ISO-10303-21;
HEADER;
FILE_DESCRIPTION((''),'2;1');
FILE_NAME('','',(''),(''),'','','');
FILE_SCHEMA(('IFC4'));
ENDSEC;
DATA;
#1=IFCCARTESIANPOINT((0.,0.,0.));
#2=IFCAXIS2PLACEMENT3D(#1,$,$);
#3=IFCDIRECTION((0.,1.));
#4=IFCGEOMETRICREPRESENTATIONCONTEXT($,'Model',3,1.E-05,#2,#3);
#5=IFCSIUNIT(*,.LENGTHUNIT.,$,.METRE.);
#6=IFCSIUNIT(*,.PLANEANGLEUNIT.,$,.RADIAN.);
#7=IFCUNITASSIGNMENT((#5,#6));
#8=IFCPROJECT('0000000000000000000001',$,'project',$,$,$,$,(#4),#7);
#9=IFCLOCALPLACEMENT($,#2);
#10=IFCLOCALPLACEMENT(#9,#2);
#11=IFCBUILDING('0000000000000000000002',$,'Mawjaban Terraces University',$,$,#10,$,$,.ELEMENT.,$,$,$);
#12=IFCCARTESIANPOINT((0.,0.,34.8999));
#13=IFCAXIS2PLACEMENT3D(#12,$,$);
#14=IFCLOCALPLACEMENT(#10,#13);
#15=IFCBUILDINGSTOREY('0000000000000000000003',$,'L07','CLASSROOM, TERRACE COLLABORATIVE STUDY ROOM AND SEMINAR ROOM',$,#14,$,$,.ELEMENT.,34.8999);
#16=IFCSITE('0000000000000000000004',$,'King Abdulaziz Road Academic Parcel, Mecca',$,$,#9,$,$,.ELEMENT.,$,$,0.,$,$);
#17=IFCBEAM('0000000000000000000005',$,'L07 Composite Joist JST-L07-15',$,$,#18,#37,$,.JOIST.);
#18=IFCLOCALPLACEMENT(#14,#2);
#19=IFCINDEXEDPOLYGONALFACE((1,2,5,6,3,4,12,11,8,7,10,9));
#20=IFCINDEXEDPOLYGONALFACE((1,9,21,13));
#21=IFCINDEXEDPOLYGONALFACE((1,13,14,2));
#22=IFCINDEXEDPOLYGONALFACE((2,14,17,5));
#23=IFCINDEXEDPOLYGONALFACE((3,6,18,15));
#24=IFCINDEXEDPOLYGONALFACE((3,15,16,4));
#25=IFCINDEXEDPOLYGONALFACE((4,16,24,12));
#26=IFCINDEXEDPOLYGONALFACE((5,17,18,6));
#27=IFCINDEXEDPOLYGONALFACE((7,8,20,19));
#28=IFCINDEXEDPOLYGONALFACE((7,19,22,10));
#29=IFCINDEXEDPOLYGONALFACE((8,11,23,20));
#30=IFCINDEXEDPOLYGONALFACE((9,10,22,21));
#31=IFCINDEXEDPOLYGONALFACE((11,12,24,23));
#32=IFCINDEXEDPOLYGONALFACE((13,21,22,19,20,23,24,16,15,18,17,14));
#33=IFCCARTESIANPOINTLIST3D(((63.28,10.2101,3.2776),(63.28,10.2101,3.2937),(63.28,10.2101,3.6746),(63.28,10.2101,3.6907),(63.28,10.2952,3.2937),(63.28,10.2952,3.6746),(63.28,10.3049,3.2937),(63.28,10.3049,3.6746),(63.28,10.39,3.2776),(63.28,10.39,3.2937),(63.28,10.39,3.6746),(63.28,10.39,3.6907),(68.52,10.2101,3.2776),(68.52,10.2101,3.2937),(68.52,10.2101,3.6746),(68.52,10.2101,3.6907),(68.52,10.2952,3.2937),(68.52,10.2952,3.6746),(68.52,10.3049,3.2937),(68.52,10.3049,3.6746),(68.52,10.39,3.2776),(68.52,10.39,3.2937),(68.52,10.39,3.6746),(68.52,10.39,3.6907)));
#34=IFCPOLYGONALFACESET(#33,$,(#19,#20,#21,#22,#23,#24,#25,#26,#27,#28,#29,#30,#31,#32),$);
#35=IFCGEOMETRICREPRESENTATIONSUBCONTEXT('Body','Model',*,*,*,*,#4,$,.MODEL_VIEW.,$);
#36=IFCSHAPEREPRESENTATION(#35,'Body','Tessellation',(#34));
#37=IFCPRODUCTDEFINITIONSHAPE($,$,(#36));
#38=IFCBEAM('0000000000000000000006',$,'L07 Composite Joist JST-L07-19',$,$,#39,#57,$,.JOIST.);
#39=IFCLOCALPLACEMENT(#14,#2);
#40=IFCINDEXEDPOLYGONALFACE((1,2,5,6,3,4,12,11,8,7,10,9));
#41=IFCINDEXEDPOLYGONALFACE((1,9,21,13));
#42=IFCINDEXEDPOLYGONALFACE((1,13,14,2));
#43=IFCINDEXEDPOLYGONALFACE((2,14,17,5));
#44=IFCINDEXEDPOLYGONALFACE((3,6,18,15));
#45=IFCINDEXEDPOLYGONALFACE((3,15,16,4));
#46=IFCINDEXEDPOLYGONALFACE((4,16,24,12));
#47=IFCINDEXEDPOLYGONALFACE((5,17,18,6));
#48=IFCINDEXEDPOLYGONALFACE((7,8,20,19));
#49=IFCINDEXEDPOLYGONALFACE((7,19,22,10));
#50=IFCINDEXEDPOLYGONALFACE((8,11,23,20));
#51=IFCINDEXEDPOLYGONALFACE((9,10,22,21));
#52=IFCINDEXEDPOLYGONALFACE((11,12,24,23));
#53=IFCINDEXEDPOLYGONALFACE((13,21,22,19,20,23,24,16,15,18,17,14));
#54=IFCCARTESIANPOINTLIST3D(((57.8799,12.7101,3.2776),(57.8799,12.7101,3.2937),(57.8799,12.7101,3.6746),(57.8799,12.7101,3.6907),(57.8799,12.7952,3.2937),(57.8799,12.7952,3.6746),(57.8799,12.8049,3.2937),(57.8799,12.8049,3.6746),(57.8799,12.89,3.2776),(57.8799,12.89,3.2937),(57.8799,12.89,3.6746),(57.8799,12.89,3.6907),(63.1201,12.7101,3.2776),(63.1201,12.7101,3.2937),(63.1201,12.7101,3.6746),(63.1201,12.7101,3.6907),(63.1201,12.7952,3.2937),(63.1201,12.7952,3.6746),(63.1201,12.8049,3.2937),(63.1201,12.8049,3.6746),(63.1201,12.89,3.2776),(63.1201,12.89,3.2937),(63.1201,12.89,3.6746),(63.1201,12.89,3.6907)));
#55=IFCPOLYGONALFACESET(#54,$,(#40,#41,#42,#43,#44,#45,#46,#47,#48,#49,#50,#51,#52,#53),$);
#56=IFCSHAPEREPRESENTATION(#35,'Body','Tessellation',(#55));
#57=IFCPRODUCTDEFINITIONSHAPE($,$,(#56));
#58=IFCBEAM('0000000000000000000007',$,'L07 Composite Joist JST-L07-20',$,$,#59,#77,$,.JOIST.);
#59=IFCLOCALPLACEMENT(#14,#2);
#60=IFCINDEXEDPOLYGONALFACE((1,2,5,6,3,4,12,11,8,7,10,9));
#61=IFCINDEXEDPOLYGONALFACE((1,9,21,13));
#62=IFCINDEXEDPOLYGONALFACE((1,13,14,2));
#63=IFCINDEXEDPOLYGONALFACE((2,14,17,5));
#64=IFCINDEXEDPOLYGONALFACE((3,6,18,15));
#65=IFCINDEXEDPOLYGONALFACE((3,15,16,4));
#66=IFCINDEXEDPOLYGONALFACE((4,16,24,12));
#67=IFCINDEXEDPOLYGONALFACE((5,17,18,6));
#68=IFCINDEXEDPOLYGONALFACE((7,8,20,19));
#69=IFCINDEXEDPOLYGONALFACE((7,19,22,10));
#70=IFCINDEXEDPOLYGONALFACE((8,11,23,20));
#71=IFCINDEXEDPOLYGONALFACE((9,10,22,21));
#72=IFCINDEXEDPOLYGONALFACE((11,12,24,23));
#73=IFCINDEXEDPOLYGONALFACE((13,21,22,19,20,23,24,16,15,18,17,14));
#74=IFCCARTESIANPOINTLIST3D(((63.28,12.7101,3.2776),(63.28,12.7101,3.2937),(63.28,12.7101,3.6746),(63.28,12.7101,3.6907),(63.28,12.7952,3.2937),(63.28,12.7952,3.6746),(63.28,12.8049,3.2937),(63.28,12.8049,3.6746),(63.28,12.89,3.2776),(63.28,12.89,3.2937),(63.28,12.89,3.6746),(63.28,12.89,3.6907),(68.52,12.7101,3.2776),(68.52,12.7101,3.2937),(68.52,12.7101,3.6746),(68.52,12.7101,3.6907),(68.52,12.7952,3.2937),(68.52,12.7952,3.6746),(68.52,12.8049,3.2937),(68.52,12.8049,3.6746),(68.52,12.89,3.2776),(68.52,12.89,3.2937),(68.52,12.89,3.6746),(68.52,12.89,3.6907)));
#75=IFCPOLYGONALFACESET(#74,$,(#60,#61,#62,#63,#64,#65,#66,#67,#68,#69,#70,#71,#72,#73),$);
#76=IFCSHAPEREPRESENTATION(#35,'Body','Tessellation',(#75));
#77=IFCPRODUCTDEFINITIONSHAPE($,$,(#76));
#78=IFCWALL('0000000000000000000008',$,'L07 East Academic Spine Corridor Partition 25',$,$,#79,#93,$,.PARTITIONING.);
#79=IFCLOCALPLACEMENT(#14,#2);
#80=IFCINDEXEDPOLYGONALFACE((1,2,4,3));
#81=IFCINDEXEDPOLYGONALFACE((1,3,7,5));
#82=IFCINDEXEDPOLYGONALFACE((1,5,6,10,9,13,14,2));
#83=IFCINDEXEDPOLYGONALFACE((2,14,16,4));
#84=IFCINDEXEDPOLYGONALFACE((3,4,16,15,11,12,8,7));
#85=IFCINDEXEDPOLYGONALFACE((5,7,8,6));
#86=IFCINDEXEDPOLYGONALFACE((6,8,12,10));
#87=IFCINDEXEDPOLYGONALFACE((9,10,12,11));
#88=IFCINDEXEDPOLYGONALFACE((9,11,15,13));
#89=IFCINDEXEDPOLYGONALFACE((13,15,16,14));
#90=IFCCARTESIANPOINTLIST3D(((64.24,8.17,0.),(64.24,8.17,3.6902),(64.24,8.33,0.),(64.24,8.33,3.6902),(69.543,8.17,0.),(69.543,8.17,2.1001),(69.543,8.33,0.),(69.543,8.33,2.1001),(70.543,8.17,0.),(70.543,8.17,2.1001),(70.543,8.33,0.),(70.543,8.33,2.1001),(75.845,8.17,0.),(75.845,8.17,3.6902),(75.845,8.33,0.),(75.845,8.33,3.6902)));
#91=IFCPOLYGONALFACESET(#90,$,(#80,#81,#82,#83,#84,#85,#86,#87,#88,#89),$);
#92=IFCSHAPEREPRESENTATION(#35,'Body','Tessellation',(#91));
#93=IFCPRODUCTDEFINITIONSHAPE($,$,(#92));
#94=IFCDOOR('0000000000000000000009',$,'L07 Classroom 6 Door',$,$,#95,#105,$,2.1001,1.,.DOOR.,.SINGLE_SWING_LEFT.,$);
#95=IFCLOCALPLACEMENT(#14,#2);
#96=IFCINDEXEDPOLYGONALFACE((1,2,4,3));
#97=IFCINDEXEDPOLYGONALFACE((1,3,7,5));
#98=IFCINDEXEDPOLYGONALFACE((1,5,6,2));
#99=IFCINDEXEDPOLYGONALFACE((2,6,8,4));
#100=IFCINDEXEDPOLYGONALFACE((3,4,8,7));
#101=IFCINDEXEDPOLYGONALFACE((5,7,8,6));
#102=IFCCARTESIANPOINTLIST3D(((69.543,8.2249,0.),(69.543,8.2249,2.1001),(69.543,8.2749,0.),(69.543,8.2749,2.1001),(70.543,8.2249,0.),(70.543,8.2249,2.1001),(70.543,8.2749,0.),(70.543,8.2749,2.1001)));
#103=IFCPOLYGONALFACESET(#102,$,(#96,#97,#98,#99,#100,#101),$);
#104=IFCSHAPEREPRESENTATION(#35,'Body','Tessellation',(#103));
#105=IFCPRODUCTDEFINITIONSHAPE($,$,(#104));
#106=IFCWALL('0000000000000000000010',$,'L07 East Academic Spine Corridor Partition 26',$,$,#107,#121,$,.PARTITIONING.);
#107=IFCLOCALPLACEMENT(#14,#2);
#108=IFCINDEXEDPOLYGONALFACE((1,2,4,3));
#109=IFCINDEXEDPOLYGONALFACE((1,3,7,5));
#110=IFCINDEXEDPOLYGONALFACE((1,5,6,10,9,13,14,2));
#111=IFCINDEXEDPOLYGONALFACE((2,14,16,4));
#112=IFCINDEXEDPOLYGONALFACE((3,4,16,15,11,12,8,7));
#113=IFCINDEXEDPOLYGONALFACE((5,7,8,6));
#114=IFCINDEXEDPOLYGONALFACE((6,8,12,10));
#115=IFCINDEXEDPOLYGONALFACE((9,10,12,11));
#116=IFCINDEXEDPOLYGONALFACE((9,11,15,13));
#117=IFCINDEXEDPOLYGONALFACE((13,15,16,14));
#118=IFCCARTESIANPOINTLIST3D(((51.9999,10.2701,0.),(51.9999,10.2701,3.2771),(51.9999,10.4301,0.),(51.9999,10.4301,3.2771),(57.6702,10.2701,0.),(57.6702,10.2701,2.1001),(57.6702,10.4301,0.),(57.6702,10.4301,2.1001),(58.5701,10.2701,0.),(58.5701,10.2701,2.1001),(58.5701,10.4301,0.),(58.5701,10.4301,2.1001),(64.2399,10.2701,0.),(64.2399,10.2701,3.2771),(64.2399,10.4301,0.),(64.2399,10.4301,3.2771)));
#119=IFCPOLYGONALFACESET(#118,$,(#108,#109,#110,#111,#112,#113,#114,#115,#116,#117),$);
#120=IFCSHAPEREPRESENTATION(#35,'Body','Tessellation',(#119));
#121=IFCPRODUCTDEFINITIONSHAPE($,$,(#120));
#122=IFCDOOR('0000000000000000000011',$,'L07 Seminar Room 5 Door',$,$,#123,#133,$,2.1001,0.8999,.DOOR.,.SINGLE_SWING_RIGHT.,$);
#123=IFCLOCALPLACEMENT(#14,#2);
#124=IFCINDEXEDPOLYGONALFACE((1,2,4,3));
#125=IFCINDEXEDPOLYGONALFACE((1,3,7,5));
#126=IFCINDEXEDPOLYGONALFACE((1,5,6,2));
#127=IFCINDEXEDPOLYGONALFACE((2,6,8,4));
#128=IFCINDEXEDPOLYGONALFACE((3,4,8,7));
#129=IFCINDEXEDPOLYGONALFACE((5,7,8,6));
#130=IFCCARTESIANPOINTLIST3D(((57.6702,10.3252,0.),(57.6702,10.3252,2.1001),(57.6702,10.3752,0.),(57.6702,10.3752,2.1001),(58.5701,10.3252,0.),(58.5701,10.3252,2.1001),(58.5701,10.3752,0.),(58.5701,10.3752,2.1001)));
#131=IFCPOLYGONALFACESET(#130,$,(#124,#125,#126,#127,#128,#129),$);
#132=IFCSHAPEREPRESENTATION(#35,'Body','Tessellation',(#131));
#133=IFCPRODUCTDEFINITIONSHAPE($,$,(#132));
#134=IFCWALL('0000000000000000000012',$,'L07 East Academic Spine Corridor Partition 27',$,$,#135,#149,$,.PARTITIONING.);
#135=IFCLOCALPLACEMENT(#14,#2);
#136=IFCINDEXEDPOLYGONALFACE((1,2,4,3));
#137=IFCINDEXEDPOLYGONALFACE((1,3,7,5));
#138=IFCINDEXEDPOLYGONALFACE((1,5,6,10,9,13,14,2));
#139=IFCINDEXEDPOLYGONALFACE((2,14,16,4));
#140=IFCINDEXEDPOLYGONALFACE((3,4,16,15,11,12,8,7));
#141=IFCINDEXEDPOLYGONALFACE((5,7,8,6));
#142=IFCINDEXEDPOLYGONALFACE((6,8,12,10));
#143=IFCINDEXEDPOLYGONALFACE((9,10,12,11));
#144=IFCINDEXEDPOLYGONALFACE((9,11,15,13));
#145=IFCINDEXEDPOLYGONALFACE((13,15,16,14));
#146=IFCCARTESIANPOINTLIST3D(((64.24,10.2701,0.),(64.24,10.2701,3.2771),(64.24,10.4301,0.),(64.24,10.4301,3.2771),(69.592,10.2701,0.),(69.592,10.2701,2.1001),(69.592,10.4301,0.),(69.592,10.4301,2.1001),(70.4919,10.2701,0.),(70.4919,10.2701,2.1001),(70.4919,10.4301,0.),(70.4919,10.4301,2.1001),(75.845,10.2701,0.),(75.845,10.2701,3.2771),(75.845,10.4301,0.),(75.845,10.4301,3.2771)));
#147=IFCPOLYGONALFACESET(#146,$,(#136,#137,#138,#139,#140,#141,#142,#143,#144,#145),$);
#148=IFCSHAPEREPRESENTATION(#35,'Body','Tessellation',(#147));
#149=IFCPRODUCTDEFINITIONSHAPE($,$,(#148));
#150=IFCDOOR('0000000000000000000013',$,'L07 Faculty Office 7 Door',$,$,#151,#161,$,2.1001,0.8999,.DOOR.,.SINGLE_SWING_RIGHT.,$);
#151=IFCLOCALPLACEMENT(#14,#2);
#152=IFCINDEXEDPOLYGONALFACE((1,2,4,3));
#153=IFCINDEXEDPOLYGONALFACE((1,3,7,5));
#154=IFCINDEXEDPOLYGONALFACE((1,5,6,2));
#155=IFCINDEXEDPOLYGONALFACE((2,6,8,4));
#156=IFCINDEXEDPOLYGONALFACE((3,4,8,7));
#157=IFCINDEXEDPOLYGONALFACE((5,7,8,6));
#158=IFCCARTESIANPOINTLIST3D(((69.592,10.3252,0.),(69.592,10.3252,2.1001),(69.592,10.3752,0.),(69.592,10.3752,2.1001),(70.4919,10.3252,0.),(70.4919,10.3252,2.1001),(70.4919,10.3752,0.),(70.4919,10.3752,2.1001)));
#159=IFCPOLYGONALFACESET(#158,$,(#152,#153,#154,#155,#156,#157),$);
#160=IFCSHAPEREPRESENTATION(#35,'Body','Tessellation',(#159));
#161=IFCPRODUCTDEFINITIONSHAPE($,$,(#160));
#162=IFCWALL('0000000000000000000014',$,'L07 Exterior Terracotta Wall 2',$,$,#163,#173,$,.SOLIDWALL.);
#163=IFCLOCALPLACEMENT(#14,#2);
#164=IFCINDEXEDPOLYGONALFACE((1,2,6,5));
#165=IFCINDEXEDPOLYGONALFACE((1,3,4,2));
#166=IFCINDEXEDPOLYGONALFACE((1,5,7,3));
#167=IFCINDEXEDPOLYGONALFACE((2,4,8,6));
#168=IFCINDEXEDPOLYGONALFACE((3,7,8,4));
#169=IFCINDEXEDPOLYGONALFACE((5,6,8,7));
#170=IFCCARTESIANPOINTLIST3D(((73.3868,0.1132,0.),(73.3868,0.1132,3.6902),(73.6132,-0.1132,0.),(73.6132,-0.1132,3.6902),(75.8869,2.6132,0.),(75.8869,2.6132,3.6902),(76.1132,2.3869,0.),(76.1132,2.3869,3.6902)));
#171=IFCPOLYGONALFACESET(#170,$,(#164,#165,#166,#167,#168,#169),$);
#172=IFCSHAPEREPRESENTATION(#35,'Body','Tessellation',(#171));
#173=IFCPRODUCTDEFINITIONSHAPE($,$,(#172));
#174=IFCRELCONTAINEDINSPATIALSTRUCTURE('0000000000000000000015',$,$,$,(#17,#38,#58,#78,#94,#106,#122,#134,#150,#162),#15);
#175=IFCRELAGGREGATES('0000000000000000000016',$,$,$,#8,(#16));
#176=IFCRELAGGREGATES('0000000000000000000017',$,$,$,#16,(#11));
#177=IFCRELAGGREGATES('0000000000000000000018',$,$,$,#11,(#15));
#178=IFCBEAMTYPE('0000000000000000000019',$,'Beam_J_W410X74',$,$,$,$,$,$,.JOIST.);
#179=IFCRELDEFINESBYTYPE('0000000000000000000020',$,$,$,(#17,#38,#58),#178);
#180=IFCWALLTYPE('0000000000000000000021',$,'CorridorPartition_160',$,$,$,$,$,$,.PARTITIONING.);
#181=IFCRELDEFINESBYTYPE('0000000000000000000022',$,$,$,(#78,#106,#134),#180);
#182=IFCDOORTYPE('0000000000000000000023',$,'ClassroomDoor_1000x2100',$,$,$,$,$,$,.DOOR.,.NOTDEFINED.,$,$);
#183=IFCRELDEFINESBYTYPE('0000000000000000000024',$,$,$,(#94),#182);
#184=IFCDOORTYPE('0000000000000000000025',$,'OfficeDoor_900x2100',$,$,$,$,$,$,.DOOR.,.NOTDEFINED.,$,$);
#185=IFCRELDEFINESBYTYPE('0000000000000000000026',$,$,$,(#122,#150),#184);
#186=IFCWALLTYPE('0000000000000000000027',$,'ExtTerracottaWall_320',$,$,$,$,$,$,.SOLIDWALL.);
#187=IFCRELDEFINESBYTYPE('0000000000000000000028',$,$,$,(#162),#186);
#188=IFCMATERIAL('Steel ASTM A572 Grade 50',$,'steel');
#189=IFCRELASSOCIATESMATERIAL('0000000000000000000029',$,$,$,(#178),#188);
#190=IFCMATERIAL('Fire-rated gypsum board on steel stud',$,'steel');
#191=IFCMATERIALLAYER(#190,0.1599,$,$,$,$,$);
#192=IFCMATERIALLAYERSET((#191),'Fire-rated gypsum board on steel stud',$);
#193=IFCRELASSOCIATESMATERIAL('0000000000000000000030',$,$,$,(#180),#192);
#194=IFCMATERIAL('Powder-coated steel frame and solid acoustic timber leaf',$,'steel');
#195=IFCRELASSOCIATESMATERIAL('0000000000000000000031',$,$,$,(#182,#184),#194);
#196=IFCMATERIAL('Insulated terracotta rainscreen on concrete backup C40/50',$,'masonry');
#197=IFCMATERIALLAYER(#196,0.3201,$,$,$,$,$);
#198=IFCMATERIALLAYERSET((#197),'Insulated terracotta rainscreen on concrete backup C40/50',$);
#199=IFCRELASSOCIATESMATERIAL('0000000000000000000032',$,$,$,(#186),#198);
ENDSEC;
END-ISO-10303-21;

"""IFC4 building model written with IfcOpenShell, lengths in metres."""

from ifc_helpers import new_model, si_unit, direction, frame, frame_2d, origin, origin_2d, place, context, subcontext, project, spatial, rectangle, i_section, extrude, material, layer, layer_set, material_profile, profile_set, type_object, element, fill, save


model = new_model("IFC4")

# Units and contexts
model_context = context("Model", 3, precision=1e-05, world=origin(), true_north=direction((0.0, 1.0)))
body_context = subcontext(model_context, "Body", "Model", "MODEL_VIEW")
ifc_project = project(units=[si_unit("LENGTHUNIT", "METRE"), si_unit("PLANEANGLEUNIT", "RADIAN")], contexts=[model_context])

# Site, building, storey
site_placement = place(None, origin())
site = spatial("IfcSite", under=ifc_project, at=site_placement, Name="King Abdulaziz Road Academic Parcel, Mecca", CompositionType="ELEMENT", RefElevation=0.0)
building_placement = place(site_placement, origin())
building = spatial("IfcBuilding", under=site, at=building_placement, Name="Mawjaban Terraces University", CompositionType="ELEMENT")
storey_placement = place(building_placement, frame((0.0, 0.0, 34.8999)))
storey = spatial("IfcBuildingStorey", under=building, at=storey_placement, Name="L07", Description="CLASSROOM, TERRACE COLLABORATIVE STUDY ROOM AND SEMINAR ROOM", CompositionType="ELEMENT", Elevation=34.8999)

# Beams
ifc_material_1 = material(Name="Steel ASTM A572 Grade 50", Category="steel")
ifc_material_profile_1 = material_profile(ifc_material_1, i_section(OverallWidth=0.1799, OverallDepth=0.4131, WebThickness=0.0098, FlangeThickness=0.0161, at=origin_2d()), Name="W410X74")
ifc_profile_set_1 = profile_set([ifc_material_profile_1], Name="Steel ASTM A572 Grade 50")
beam_type_1 = type_object("IfcBeamType", Name="Beam_J_W410X74", PredefinedType="JOIST", material=ifc_profile_set_1)
beam_1_placement = place(storey_placement, frame((63.28, 10.3, 3.4841), z_axis=(1.0, 0.0, 0.0), x_axis=(0.0, 1.0, 0.0)))
element("IfcBeam", 1, at=beam_1_placement, inside=storey, type_object=beam_type_1, Name="L07 Composite Joist JST-L07-15", PredefinedType="JOIST", context=body_context, shape_type="SweptSolid", body=[
    extrude(i_section(OverallWidth=0.1799, OverallDepth=0.4131, WebThickness=0.0098, FlangeThickness=0.0161, at=origin_2d()), origin(), (0.0, 0.0, 1.0), 5.24),
])
beam_2_placement = place(storey_placement, frame((57.8799, 12.8, 3.4841), z_axis=(1.0, 0.0, 0.0), x_axis=(0.0, 1.0, 0.0)))
element("IfcBeam", 2, at=beam_2_placement, inside=storey, type_object=beam_type_1, Name="L07 Composite Joist JST-L07-19", PredefinedType="JOIST", context=body_context, shape_type="SweptSolid", body=[
    extrude(i_section(OverallWidth=0.1799, OverallDepth=0.4131, WebThickness=0.0098, FlangeThickness=0.0161, at=origin_2d()), origin(), (0.0, 0.0, 1.0), 5.2402),
])
beam_3_placement = place(storey_placement, frame((63.28, 12.8, 3.4841), z_axis=(1.0, 0.0, 0.0), x_axis=(0.0, 1.0, 0.0)))
element("IfcBeam", 3, at=beam_3_placement, inside=storey, type_object=beam_type_1, Name="L07 Composite Joist JST-L07-20", PredefinedType="JOIST", context=body_context, shape_type="SweptSolid", body=[
    extrude(i_section(OverallWidth=0.1799, OverallDepth=0.4131, WebThickness=0.0098, FlangeThickness=0.0161, at=origin_2d()), origin(), (0.0, 0.0, 1.0), 5.24),
])

# Walls, openings, doors
ifc_material_2 = material(Name="Fire-rated gypsum board on steel stud", Category="steel")
ifc_layer_1 = layer(ifc_material_2, 0.1599)
ifc_layer_set_1 = layer_set([ifc_layer_1], Name="Fire-rated gypsum board on steel stud")
wall_type_1 = type_object("IfcWallType", Name="CorridorPartition_160", PredefinedType="PARTITIONING", material=ifc_layer_set_1)
wall_1_placement = place(storey_placement, frame((64.24, 8.25, 0.0), z_axis=(0.0, 0.0, 1.0), x_axis=(1.0, 0.0, 0.0)))
wall_1 = element("IfcWall", 4, at=wall_1_placement, inside=storey, type_object=wall_type_1, Name="L07 East Academic Spine Corridor Partition 25", PredefinedType="PARTITIONING", context=body_context, shape_type="SweptSolid", body=[
    extrude(rectangle(XDim=11.605, YDim=0.1599, at=frame_2d((5.8025, 0.0))), origin(), (0.0, 0.0, 1.0), 3.6902),
])
opening_1_placement = place(wall_1_placement, frame((5.303, 0.0, 0.0)))
opening_1 = element("IfcOpeningElement", 5, at=opening_1_placement, cuts=wall_1, PredefinedType="OPENING", context=body_context, shape_type="SweptSolid", body=[
    extrude(rectangle(XDim=1.0, YDim=2.1001, at=frame_2d((0.5, 1.05))), frame((0.0, 0.0898, 0.0), z_axis=(0.0, -1.0, 0.0), x_axis=(1.0, 0.0, 0.0)), (0.0, 0.0, 1.0), 0.1799),
])
ifc_material_3 = material(Name="Powder-coated steel frame and solid acoustic timber leaf", Category="steel")
door_type_1 = type_object("IfcDoorType", Name="ClassroomDoor_1000x2100", OperationType="NOTDEFINED", PredefinedType="DOOR", material=ifc_material_3)
door_1_placement = place(opening_1_placement, origin())
door_1 = element("IfcDoor", 6, at=door_1_placement, inside=storey, type_object=door_type_1, Name="L07 Classroom 6 Door", OperationType="SINGLE_SWING_LEFT", OverallHeight=2.1001, OverallWidth=1.0, PredefinedType="DOOR", context=body_context, shape_type="SweptSolid", body=[
    extrude(rectangle(XDim=1.0, YDim=2.1001, at=frame_2d((0.5, 1.05))), frame((0.0, 0.0249, 0.0), z_axis=(0.0, -1.0, 0.0), x_axis=(1.0, 0.0, 0.0)), (0.0, 0.0, 1.0), 0.05),
])
fill(opening_1, door_1)
wall_2_placement = place(storey_placement, frame((64.24, 10.3501, 0.0), z_axis=(0.0, 0.0, 1.0), x_axis=(-1.0, 0.0, 0.0)))
wall_2 = element("IfcWall", 7, at=wall_2_placement, inside=storey, type_object=wall_type_1, Name="L07 East Academic Spine Corridor Partition 26", PredefinedType="PARTITIONING", context=body_context, shape_type="SweptSolid", body=[
    extrude(rectangle(XDim=12.24, YDim=0.1599, at=frame_2d((6.1201, 0.0))), origin(), (0.0, 0.0, 1.0), 3.2771),
])
opening_2_placement = place(wall_2_placement, frame((5.6699, 0.0, 0.0)))
opening_2 = element("IfcOpeningElement", 8, at=opening_2_placement, cuts=wall_2, PredefinedType="OPENING", context=body_context, shape_type="SweptSolid", body=[
    extrude(rectangle(XDim=0.8999, YDim=2.1001, at=frame_2d((0.45, 1.05))), frame((0.0, 0.0898, 0.0), z_axis=(0.0, -1.0, 0.0), x_axis=(1.0, 0.0, 0.0)), (0.0, 0.0, 1.0), 0.1799),
])
door_type_2 = type_object("IfcDoorType", Name="OfficeDoor_900x2100", OperationType="NOTDEFINED", PredefinedType="DOOR", material=ifc_material_3)
door_2_placement = place(opening_2_placement, origin())
door_2 = element("IfcDoor", 9, at=door_2_placement, inside=storey, type_object=door_type_2, Name="L07 Seminar Room 5 Door", OperationType="SINGLE_SWING_RIGHT", OverallHeight=2.1001, OverallWidth=0.8999, PredefinedType="DOOR", context=body_context, shape_type="SweptSolid", body=[
    extrude(rectangle(XDim=0.8999, YDim=2.1001, at=frame_2d((0.45, 1.05))), frame((0.0, 0.0249, 0.0), z_axis=(0.0, -1.0, 0.0), x_axis=(1.0, 0.0, 0.0)), (0.0, 0.0, 1.0), 0.05),
])
fill(opening_2, door_2)
wall_3_placement = place(storey_placement, frame((75.845, 10.3501, 0.0), z_axis=(0.0, 0.0, 1.0), x_axis=(-1.0, 0.0, 0.0)))
wall_3 = element("IfcWall", 10, at=wall_3_placement, inside=storey, type_object=wall_type_1, Name="L07 East Academic Spine Corridor Partition 27", PredefinedType="PARTITIONING", context=body_context, shape_type="SweptSolid", body=[
    extrude(rectangle(XDim=11.605, YDim=0.1599, at=frame_2d((5.8025, 0.0))), origin(), (0.0, 0.0, 1.0), 3.2771),
])
opening_3_placement = place(wall_3_placement, frame((5.353, 0.0, 0.0)))
opening_3 = element("IfcOpeningElement", 11, at=opening_3_placement, cuts=wall_3, PredefinedType="OPENING", context=body_context, shape_type="SweptSolid", body=[
    extrude(rectangle(XDim=0.8999, YDim=2.1001, at=frame_2d((0.45, 1.05))), frame((0.0, 0.0898, 0.0), z_axis=(0.0, -1.0, 0.0), x_axis=(1.0, 0.0, 0.0)), (0.0, 0.0, 1.0), 0.1799),
])
door_3_placement = place(opening_3_placement, origin())
door_3 = element("IfcDoor", 12, at=door_3_placement, inside=storey, type_object=door_type_2, Name="L07 Faculty Office 7 Door", OperationType="SINGLE_SWING_RIGHT", OverallHeight=2.1001, OverallWidth=0.8999, PredefinedType="DOOR", context=body_context, shape_type="SweptSolid", body=[
    extrude(rectangle(XDim=0.8999, YDim=2.1001, at=frame_2d((0.45, 1.05))), frame((0.0, 0.0249, 0.0), z_axis=(0.0, -1.0, 0.0), x_axis=(1.0, 0.0, 0.0)), (0.0, 0.0, 1.0), 0.05),
])
fill(opening_3, door_3)

# Wall
ifc_material_4 = material(Name="Insulated terracotta rainscreen on concrete backup C40/50", Category="masonry")
ifc_layer_2 = layer(ifc_material_4, 0.3201)
ifc_layer_set_2 = layer_set([ifc_layer_2], Name="Insulated terracotta rainscreen on concrete backup C40/50")
wall_type_2 = type_object("IfcWallType", Name="ExtTerracottaWall_320", PredefinedType="SOLIDWALL", material=ifc_layer_set_2)
wall_4_placement = place(storey_placement, frame((73.5, 0.0, 0.0), z_axis=(0.0, 0.0, 1.0), x_axis=(0.707107, 0.707107, 0.0)))
element("IfcWall", 13, at=wall_4_placement, inside=storey, type_object=wall_type_2, Name="L07 Exterior Terracotta Wall 2", PredefinedType="SOLIDWALL", context=body_context, shape_type="SweptSolid", body=[
    extrude(rectangle(XDim=3.5356, YDim=0.3201, at=frame_2d((1.7678, 0.0))), origin(), (0.0, 0.0, 1.0), 3.6902),
])

save(model, "model.ifc")
